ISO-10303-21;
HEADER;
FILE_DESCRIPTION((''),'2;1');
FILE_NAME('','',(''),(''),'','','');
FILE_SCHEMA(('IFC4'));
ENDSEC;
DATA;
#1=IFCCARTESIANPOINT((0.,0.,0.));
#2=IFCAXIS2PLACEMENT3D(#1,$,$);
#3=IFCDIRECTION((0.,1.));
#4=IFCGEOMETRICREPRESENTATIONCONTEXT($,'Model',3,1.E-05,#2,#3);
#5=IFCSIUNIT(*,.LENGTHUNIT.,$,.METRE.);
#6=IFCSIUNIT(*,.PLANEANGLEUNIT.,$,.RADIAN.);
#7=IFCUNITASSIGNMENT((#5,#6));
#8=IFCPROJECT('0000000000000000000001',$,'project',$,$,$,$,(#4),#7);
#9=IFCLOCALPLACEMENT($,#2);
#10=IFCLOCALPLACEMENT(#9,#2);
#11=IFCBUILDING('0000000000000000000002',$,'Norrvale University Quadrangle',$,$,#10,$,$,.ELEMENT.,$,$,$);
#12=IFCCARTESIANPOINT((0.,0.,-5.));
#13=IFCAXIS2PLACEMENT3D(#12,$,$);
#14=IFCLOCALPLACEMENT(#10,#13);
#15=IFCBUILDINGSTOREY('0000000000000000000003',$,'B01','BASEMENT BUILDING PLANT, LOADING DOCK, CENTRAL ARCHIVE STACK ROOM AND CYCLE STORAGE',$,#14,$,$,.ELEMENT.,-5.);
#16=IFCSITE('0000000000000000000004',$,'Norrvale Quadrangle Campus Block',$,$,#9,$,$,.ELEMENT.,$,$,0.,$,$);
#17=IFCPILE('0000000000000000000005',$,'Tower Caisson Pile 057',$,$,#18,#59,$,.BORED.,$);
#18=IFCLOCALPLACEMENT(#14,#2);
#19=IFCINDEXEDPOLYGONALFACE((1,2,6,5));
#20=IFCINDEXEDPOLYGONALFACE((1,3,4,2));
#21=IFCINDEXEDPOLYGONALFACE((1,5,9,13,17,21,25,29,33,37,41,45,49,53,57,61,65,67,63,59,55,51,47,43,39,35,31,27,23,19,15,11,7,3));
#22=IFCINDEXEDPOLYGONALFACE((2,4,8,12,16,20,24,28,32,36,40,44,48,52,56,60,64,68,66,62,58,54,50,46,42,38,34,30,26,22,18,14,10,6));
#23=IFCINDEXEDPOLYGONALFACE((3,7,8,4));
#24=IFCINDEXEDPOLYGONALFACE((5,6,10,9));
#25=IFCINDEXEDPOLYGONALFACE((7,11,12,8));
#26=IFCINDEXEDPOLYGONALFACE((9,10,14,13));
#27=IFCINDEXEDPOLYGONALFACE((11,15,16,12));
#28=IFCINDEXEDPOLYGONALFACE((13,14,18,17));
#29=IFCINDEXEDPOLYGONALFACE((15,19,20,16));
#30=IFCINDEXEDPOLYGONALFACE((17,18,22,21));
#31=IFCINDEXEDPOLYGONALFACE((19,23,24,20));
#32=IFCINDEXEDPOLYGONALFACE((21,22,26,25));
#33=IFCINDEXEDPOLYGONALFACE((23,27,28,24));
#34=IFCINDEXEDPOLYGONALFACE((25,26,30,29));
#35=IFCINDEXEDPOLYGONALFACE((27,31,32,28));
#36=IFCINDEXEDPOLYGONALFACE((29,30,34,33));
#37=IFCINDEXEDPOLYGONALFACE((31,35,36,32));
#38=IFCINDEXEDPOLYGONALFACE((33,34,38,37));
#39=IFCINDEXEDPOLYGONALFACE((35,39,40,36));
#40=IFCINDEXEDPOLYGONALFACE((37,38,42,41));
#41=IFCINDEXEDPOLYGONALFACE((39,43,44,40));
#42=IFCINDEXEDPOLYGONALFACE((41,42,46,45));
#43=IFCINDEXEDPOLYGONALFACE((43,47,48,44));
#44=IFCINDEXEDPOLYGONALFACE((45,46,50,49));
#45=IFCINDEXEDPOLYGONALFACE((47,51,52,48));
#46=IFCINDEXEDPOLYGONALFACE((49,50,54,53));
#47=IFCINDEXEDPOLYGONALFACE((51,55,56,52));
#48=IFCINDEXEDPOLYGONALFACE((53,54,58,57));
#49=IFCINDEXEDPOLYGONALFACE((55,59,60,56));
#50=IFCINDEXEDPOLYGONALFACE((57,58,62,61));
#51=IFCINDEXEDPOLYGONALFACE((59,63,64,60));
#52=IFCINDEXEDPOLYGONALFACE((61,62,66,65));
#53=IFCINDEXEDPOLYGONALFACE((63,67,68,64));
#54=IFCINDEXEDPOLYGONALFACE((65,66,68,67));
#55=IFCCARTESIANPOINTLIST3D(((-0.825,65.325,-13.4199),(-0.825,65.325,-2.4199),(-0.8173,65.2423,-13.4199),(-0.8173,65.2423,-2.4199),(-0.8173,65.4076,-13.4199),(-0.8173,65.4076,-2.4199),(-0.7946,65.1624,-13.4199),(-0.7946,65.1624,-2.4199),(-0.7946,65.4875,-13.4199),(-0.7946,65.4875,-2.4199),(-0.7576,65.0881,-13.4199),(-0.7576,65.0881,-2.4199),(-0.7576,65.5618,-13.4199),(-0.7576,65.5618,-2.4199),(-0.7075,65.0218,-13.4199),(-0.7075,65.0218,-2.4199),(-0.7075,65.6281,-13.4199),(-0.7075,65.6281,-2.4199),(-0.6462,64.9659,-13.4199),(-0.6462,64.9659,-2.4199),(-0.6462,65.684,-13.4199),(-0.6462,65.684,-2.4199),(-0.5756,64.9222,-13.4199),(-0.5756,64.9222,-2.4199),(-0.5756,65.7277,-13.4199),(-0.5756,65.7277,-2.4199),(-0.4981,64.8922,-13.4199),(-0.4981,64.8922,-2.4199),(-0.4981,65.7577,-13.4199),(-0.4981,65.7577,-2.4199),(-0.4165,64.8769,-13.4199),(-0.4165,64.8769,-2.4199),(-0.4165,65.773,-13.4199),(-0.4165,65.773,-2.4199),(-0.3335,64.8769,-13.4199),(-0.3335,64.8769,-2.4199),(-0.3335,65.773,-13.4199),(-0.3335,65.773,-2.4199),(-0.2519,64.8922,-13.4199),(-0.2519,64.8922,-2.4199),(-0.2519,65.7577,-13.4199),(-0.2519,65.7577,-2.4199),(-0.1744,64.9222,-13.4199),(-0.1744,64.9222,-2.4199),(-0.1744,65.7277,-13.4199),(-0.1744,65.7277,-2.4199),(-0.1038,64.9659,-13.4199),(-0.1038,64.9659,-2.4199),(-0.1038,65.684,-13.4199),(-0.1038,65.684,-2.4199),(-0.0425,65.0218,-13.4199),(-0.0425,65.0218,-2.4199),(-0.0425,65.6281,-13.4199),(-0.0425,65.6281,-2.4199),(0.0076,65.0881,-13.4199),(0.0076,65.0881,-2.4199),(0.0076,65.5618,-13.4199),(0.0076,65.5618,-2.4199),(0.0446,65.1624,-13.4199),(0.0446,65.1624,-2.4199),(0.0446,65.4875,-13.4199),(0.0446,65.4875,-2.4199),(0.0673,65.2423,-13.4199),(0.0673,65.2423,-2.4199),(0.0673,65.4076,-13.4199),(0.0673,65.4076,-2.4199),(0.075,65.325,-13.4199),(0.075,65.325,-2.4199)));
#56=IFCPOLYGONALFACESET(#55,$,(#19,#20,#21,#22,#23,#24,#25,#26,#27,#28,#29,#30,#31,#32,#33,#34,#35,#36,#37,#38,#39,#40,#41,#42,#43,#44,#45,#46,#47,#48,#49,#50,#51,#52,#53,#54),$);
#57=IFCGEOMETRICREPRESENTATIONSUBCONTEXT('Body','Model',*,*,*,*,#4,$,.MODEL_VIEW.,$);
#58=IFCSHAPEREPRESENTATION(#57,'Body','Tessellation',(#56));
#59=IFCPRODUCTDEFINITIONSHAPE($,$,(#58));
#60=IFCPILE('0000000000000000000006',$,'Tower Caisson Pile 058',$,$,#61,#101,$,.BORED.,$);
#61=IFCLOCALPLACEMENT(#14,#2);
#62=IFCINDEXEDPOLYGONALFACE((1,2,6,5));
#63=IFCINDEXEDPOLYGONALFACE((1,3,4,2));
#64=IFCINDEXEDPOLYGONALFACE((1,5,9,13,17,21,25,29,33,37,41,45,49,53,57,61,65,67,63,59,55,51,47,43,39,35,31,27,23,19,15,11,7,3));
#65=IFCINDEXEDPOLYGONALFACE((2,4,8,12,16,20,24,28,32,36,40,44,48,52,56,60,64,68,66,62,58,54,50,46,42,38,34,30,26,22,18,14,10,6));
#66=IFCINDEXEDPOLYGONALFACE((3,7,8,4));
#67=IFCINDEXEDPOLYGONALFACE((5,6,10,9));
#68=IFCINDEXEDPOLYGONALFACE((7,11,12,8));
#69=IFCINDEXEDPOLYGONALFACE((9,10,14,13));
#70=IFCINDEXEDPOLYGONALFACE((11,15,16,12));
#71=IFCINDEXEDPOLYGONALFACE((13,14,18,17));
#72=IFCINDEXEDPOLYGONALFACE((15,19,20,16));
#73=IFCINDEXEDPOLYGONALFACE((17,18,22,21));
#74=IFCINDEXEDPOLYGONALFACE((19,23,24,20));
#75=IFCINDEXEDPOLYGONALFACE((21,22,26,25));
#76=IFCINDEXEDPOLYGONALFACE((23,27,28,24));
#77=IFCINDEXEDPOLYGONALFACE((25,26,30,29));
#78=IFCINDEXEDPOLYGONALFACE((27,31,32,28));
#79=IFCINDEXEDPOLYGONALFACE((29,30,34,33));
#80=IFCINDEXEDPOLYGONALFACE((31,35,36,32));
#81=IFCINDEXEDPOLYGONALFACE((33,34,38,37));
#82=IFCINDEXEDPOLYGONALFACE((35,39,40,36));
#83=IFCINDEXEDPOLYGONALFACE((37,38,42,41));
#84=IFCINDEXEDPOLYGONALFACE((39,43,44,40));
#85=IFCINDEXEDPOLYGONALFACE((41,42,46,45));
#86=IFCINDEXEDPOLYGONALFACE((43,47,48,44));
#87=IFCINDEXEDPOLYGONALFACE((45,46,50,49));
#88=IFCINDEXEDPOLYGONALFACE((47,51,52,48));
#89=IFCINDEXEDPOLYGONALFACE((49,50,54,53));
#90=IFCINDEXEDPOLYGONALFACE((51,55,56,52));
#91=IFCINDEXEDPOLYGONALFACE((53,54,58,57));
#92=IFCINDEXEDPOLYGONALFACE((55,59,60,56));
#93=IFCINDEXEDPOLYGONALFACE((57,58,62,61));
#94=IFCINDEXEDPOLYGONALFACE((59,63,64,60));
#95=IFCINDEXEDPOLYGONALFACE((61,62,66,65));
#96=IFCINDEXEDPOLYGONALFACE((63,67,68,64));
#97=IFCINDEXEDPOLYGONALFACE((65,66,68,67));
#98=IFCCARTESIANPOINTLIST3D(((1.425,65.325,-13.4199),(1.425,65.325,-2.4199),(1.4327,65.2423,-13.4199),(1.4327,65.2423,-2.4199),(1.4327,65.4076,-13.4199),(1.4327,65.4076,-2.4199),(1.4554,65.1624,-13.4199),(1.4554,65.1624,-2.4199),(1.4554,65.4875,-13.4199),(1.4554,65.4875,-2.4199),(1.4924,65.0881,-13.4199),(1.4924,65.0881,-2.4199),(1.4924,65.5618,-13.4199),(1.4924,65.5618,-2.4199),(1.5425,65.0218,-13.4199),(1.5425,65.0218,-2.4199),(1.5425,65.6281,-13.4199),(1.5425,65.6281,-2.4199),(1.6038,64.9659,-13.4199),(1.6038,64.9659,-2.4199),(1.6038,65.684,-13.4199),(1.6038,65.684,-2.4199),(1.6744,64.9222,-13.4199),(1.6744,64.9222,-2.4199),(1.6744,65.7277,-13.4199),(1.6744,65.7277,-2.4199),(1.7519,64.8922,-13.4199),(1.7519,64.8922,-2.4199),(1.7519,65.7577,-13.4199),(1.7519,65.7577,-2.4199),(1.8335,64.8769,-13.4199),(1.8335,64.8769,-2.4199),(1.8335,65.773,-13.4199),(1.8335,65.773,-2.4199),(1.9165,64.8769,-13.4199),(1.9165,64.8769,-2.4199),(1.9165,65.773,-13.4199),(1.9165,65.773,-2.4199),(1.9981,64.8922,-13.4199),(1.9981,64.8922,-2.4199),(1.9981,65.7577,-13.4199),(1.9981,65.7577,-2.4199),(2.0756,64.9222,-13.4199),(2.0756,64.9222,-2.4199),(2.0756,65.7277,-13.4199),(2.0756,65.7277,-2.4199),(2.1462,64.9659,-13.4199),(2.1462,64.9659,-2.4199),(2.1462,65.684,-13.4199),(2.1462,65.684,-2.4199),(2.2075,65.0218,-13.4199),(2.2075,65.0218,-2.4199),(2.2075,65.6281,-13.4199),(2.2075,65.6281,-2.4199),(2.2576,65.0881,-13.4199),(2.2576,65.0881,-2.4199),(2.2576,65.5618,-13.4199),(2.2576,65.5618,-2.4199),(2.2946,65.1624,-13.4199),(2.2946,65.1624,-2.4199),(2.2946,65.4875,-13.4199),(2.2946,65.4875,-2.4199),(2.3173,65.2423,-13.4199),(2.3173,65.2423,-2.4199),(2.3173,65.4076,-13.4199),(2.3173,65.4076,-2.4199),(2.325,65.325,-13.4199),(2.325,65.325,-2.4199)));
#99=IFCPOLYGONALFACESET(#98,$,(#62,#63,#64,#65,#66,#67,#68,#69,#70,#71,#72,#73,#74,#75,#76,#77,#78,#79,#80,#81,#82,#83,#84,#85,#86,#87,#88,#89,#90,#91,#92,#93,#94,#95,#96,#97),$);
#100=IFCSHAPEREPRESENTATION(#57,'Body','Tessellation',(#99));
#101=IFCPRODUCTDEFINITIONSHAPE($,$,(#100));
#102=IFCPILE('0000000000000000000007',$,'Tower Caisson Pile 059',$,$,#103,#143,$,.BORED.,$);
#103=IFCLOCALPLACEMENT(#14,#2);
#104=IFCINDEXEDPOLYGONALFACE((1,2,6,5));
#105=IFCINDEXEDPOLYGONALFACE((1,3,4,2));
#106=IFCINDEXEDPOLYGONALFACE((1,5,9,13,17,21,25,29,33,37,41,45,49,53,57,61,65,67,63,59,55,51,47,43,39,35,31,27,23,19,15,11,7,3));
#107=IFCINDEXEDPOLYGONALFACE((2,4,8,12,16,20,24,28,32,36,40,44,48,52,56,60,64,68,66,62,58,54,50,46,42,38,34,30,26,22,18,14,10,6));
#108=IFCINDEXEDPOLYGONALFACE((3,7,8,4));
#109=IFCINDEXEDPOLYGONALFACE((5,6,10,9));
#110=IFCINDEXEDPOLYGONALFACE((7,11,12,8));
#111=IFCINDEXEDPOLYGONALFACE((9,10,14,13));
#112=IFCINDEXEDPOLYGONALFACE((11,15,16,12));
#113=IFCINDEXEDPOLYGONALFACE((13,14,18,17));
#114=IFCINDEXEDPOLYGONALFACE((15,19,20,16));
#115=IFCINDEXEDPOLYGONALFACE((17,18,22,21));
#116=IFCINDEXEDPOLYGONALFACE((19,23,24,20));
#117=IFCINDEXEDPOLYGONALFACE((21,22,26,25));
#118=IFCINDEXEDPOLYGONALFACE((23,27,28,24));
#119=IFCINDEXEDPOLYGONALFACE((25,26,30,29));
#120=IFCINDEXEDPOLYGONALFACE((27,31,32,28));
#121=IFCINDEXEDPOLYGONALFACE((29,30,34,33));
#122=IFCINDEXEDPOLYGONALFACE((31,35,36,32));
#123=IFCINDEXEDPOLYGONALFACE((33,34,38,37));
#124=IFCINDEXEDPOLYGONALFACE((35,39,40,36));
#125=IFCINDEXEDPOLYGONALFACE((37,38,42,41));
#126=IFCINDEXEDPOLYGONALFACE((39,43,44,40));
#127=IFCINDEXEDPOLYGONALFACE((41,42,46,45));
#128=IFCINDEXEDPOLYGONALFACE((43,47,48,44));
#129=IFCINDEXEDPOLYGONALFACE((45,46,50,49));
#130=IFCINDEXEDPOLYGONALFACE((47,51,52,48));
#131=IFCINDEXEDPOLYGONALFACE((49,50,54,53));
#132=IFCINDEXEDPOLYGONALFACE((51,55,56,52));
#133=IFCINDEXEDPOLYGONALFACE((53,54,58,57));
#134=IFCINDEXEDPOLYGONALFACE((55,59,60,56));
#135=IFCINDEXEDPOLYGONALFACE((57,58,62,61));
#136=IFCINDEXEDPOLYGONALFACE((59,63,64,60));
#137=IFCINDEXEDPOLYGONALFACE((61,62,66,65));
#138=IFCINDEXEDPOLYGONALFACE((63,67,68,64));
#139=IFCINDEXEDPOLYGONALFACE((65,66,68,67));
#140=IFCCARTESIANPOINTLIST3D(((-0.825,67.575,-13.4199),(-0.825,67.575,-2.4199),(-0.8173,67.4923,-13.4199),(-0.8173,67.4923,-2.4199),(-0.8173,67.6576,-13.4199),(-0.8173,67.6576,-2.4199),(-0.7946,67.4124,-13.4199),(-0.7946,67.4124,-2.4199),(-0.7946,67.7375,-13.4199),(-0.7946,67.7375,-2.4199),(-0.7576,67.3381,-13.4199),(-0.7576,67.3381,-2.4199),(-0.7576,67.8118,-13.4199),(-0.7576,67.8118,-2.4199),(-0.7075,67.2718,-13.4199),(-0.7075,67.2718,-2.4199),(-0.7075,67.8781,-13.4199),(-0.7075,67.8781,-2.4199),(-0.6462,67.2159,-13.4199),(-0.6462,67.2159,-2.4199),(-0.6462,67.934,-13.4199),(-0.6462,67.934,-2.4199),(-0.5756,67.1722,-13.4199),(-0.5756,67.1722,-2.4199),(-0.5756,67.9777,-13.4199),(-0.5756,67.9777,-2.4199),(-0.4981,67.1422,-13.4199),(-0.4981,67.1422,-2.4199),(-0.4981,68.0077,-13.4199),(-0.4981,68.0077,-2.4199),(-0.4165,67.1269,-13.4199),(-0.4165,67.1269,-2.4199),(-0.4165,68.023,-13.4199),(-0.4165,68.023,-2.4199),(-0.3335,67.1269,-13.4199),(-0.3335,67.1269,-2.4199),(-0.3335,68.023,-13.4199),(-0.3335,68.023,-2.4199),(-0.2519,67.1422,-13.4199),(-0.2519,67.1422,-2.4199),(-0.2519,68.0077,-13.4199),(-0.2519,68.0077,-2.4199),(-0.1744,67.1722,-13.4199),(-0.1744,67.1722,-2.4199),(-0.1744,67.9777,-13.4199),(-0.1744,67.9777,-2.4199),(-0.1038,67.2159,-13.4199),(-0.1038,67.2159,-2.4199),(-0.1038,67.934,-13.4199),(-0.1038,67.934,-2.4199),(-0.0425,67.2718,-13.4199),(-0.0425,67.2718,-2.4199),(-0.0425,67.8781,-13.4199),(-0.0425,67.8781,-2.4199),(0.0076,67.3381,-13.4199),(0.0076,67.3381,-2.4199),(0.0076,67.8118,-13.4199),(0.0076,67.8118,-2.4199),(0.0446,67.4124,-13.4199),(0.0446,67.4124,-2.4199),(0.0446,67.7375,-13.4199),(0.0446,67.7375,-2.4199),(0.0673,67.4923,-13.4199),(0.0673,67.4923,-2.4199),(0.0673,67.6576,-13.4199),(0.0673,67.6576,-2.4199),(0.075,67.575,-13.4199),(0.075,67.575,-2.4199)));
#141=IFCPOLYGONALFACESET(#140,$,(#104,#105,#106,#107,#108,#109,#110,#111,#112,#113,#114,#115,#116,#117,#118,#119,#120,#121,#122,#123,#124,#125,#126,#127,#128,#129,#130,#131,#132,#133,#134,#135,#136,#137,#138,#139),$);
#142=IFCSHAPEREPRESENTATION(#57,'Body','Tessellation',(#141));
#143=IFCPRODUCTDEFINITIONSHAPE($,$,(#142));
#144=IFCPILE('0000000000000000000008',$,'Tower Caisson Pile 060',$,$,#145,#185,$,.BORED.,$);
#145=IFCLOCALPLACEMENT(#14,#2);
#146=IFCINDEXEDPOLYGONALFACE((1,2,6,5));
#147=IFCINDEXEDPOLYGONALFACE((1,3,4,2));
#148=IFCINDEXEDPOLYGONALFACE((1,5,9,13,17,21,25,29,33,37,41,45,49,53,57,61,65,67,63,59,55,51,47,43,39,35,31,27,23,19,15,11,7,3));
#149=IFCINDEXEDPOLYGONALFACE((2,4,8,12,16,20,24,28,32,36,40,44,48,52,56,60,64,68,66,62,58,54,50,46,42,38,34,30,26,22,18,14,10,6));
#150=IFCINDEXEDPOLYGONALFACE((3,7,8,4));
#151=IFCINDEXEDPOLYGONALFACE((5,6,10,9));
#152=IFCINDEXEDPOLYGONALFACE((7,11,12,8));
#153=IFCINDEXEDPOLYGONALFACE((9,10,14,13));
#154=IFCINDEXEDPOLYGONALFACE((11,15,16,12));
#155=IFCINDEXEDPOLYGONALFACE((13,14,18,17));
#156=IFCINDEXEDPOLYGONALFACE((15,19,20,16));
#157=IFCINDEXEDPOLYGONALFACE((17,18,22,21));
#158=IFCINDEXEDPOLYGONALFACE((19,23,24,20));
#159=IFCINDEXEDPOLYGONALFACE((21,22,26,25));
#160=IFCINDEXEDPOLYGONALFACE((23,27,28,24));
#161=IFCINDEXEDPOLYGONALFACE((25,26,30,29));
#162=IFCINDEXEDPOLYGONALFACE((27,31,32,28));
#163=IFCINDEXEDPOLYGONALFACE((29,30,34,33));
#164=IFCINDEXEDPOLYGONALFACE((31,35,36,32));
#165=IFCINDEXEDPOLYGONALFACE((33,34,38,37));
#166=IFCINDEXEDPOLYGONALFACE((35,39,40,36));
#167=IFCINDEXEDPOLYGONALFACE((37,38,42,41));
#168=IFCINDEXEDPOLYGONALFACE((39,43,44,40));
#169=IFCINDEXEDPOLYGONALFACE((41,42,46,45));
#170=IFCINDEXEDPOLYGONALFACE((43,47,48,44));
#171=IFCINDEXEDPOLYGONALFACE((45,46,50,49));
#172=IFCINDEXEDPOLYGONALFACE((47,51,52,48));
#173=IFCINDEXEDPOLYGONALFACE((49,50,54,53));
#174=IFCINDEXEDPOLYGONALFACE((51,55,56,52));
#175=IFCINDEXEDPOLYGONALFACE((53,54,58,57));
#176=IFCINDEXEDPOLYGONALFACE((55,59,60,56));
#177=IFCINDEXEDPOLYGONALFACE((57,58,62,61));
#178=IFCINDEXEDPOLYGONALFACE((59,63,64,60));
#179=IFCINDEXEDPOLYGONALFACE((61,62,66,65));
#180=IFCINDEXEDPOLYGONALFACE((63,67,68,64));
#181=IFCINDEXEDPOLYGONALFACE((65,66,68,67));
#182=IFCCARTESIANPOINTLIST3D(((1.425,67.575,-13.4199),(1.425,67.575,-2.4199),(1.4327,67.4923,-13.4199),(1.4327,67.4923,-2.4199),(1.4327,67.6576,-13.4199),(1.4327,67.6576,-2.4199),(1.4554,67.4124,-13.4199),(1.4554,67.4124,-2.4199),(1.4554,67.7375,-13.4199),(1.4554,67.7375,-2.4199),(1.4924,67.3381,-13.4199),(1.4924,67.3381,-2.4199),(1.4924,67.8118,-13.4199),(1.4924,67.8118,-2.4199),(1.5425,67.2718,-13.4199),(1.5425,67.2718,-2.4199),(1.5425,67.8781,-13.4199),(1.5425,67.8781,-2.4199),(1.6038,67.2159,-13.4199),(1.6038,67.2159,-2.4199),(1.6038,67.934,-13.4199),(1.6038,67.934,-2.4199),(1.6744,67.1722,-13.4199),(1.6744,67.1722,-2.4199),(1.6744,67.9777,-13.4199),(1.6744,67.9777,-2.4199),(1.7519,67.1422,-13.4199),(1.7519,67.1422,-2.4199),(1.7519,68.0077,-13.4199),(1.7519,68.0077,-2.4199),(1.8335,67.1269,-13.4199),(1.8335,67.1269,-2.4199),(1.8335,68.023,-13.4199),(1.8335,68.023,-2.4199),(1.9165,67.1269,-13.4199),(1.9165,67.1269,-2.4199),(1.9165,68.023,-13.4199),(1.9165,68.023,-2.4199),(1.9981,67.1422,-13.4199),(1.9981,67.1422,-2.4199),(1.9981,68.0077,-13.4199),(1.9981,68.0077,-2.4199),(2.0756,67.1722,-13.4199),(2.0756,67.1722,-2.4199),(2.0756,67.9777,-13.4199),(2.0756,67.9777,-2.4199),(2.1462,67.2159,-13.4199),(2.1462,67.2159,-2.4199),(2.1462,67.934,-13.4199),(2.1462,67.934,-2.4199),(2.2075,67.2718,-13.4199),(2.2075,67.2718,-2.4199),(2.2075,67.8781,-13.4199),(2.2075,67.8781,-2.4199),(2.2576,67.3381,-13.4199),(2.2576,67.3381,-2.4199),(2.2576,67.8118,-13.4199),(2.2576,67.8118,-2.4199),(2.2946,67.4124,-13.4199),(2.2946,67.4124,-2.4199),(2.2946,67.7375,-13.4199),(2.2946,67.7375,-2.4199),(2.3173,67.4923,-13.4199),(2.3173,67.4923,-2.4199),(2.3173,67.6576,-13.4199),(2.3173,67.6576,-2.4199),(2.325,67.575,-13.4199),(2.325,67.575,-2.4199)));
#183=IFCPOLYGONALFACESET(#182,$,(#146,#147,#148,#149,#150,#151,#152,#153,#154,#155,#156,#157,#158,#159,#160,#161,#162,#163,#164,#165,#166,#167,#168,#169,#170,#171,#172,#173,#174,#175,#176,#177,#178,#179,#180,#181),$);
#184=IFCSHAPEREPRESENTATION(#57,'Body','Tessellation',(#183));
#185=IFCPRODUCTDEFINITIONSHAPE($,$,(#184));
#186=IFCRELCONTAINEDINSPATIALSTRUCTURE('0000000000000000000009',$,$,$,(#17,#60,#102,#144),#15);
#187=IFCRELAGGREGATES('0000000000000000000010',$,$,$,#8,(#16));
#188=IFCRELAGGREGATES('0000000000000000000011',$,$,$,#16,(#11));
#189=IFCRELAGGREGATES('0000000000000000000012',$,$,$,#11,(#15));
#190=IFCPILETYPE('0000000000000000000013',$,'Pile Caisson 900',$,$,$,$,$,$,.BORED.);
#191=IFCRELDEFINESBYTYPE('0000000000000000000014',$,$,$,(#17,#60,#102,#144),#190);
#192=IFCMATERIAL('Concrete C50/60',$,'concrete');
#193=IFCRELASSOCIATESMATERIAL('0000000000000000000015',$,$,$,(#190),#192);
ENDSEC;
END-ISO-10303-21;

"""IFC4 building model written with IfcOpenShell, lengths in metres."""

from ifc_helpers import new_model, si_unit, direction, frame, origin, origin_2d, place, context, subcontext, project, spatial, circle, extrude, material, material_profile, profile_set, type_object, element, save


model = new_model("IFC4")

# Units and contexts
model_context = context("Model", 3, precision=1e-05, world=origin(), true_north=direction((0.0, 1.0)))
body_context = subcontext(model_context, "Body", "Model", "MODEL_VIEW")
ifc_project = project(units=[si_unit("LENGTHUNIT", "METRE"), si_unit("PLANEANGLEUNIT", "RADIAN")], contexts=[model_context])

# Site, building, storey
site_placement = place(None, origin())
site = spatial("IfcSite", under=ifc_project, at=site_placement, Name="Norrvale Quadrangle Campus Block", CompositionType="ELEMENT", RefElevation=0.0)
building_placement = place(site_placement, origin())
building = spatial("IfcBuilding", under=site, at=building_placement, Name="Norrvale University Quadrangle", CompositionType="ELEMENT")
storey_placement = place(building_placement, frame((0.0, 0.0, -5.0)))
storey = spatial("IfcBuildingStorey", under=building, at=storey_placement, Name="B01", Description="BASEMENT BUILDING PLANT, LOADING DOCK, CENTRAL ARCHIVE STACK ROOM AND CYCLE STORAGE", CompositionType="ELEMENT", Elevation=-5.0)

# Shared definitions
ifc_material_1 = material(Name="Concrete C50/60", Category="concrete")

# Piles
ifc_material_profile_1 = material_profile(ifc_material_1, circle(Radius=0.45, at=origin_2d()), Name="Concrete C50/60")
ifc_profile_set_1 = profile_set([ifc_material_profile_1], Name="Concrete C50/60")
pile_type = type_object("IfcPileType", Name="Pile Caisson 900", PredefinedType="BORED", material=ifc_profile_set_1)
for number, where, z_axis, x_axis, name in (
    (1, (-0.375, 65.325, -2.4199), (0.0, 0.0, -1.0), (1.0, 0.0, 0.0), "Tower Caisson Pile 057"),
    (2, (1.875, 65.325, -2.4199), (0.0, 0.0, -1.0), (1.0, 0.0, 0.0), "Tower Caisson Pile 058"),
    (3, (-0.375, 67.575, -2.4199), (0.0, 0.0, -1.0), (1.0, 0.0, 0.0), "Tower Caisson Pile 059"),
    (4, (1.875, 67.575, -2.4199), (0.0, 0.0, -1.0), (1.0, 0.0, 0.0), "Tower Caisson Pile 060"),
):
    element("IfcPile", number, at=place(storey_placement, frame(where, z_axis=z_axis, x_axis=x_axis)), inside=storey, type_object=pile_type, Name=name, PredefinedType="BORED", context=body_context, shape_type="SweptSolid", body=[
        extrude(circle(Radius=0.45, at=origin_2d()), origin(), (0.0, 0.0, 1.0), 11.0),
    ])

save(model, "model.ifc")
